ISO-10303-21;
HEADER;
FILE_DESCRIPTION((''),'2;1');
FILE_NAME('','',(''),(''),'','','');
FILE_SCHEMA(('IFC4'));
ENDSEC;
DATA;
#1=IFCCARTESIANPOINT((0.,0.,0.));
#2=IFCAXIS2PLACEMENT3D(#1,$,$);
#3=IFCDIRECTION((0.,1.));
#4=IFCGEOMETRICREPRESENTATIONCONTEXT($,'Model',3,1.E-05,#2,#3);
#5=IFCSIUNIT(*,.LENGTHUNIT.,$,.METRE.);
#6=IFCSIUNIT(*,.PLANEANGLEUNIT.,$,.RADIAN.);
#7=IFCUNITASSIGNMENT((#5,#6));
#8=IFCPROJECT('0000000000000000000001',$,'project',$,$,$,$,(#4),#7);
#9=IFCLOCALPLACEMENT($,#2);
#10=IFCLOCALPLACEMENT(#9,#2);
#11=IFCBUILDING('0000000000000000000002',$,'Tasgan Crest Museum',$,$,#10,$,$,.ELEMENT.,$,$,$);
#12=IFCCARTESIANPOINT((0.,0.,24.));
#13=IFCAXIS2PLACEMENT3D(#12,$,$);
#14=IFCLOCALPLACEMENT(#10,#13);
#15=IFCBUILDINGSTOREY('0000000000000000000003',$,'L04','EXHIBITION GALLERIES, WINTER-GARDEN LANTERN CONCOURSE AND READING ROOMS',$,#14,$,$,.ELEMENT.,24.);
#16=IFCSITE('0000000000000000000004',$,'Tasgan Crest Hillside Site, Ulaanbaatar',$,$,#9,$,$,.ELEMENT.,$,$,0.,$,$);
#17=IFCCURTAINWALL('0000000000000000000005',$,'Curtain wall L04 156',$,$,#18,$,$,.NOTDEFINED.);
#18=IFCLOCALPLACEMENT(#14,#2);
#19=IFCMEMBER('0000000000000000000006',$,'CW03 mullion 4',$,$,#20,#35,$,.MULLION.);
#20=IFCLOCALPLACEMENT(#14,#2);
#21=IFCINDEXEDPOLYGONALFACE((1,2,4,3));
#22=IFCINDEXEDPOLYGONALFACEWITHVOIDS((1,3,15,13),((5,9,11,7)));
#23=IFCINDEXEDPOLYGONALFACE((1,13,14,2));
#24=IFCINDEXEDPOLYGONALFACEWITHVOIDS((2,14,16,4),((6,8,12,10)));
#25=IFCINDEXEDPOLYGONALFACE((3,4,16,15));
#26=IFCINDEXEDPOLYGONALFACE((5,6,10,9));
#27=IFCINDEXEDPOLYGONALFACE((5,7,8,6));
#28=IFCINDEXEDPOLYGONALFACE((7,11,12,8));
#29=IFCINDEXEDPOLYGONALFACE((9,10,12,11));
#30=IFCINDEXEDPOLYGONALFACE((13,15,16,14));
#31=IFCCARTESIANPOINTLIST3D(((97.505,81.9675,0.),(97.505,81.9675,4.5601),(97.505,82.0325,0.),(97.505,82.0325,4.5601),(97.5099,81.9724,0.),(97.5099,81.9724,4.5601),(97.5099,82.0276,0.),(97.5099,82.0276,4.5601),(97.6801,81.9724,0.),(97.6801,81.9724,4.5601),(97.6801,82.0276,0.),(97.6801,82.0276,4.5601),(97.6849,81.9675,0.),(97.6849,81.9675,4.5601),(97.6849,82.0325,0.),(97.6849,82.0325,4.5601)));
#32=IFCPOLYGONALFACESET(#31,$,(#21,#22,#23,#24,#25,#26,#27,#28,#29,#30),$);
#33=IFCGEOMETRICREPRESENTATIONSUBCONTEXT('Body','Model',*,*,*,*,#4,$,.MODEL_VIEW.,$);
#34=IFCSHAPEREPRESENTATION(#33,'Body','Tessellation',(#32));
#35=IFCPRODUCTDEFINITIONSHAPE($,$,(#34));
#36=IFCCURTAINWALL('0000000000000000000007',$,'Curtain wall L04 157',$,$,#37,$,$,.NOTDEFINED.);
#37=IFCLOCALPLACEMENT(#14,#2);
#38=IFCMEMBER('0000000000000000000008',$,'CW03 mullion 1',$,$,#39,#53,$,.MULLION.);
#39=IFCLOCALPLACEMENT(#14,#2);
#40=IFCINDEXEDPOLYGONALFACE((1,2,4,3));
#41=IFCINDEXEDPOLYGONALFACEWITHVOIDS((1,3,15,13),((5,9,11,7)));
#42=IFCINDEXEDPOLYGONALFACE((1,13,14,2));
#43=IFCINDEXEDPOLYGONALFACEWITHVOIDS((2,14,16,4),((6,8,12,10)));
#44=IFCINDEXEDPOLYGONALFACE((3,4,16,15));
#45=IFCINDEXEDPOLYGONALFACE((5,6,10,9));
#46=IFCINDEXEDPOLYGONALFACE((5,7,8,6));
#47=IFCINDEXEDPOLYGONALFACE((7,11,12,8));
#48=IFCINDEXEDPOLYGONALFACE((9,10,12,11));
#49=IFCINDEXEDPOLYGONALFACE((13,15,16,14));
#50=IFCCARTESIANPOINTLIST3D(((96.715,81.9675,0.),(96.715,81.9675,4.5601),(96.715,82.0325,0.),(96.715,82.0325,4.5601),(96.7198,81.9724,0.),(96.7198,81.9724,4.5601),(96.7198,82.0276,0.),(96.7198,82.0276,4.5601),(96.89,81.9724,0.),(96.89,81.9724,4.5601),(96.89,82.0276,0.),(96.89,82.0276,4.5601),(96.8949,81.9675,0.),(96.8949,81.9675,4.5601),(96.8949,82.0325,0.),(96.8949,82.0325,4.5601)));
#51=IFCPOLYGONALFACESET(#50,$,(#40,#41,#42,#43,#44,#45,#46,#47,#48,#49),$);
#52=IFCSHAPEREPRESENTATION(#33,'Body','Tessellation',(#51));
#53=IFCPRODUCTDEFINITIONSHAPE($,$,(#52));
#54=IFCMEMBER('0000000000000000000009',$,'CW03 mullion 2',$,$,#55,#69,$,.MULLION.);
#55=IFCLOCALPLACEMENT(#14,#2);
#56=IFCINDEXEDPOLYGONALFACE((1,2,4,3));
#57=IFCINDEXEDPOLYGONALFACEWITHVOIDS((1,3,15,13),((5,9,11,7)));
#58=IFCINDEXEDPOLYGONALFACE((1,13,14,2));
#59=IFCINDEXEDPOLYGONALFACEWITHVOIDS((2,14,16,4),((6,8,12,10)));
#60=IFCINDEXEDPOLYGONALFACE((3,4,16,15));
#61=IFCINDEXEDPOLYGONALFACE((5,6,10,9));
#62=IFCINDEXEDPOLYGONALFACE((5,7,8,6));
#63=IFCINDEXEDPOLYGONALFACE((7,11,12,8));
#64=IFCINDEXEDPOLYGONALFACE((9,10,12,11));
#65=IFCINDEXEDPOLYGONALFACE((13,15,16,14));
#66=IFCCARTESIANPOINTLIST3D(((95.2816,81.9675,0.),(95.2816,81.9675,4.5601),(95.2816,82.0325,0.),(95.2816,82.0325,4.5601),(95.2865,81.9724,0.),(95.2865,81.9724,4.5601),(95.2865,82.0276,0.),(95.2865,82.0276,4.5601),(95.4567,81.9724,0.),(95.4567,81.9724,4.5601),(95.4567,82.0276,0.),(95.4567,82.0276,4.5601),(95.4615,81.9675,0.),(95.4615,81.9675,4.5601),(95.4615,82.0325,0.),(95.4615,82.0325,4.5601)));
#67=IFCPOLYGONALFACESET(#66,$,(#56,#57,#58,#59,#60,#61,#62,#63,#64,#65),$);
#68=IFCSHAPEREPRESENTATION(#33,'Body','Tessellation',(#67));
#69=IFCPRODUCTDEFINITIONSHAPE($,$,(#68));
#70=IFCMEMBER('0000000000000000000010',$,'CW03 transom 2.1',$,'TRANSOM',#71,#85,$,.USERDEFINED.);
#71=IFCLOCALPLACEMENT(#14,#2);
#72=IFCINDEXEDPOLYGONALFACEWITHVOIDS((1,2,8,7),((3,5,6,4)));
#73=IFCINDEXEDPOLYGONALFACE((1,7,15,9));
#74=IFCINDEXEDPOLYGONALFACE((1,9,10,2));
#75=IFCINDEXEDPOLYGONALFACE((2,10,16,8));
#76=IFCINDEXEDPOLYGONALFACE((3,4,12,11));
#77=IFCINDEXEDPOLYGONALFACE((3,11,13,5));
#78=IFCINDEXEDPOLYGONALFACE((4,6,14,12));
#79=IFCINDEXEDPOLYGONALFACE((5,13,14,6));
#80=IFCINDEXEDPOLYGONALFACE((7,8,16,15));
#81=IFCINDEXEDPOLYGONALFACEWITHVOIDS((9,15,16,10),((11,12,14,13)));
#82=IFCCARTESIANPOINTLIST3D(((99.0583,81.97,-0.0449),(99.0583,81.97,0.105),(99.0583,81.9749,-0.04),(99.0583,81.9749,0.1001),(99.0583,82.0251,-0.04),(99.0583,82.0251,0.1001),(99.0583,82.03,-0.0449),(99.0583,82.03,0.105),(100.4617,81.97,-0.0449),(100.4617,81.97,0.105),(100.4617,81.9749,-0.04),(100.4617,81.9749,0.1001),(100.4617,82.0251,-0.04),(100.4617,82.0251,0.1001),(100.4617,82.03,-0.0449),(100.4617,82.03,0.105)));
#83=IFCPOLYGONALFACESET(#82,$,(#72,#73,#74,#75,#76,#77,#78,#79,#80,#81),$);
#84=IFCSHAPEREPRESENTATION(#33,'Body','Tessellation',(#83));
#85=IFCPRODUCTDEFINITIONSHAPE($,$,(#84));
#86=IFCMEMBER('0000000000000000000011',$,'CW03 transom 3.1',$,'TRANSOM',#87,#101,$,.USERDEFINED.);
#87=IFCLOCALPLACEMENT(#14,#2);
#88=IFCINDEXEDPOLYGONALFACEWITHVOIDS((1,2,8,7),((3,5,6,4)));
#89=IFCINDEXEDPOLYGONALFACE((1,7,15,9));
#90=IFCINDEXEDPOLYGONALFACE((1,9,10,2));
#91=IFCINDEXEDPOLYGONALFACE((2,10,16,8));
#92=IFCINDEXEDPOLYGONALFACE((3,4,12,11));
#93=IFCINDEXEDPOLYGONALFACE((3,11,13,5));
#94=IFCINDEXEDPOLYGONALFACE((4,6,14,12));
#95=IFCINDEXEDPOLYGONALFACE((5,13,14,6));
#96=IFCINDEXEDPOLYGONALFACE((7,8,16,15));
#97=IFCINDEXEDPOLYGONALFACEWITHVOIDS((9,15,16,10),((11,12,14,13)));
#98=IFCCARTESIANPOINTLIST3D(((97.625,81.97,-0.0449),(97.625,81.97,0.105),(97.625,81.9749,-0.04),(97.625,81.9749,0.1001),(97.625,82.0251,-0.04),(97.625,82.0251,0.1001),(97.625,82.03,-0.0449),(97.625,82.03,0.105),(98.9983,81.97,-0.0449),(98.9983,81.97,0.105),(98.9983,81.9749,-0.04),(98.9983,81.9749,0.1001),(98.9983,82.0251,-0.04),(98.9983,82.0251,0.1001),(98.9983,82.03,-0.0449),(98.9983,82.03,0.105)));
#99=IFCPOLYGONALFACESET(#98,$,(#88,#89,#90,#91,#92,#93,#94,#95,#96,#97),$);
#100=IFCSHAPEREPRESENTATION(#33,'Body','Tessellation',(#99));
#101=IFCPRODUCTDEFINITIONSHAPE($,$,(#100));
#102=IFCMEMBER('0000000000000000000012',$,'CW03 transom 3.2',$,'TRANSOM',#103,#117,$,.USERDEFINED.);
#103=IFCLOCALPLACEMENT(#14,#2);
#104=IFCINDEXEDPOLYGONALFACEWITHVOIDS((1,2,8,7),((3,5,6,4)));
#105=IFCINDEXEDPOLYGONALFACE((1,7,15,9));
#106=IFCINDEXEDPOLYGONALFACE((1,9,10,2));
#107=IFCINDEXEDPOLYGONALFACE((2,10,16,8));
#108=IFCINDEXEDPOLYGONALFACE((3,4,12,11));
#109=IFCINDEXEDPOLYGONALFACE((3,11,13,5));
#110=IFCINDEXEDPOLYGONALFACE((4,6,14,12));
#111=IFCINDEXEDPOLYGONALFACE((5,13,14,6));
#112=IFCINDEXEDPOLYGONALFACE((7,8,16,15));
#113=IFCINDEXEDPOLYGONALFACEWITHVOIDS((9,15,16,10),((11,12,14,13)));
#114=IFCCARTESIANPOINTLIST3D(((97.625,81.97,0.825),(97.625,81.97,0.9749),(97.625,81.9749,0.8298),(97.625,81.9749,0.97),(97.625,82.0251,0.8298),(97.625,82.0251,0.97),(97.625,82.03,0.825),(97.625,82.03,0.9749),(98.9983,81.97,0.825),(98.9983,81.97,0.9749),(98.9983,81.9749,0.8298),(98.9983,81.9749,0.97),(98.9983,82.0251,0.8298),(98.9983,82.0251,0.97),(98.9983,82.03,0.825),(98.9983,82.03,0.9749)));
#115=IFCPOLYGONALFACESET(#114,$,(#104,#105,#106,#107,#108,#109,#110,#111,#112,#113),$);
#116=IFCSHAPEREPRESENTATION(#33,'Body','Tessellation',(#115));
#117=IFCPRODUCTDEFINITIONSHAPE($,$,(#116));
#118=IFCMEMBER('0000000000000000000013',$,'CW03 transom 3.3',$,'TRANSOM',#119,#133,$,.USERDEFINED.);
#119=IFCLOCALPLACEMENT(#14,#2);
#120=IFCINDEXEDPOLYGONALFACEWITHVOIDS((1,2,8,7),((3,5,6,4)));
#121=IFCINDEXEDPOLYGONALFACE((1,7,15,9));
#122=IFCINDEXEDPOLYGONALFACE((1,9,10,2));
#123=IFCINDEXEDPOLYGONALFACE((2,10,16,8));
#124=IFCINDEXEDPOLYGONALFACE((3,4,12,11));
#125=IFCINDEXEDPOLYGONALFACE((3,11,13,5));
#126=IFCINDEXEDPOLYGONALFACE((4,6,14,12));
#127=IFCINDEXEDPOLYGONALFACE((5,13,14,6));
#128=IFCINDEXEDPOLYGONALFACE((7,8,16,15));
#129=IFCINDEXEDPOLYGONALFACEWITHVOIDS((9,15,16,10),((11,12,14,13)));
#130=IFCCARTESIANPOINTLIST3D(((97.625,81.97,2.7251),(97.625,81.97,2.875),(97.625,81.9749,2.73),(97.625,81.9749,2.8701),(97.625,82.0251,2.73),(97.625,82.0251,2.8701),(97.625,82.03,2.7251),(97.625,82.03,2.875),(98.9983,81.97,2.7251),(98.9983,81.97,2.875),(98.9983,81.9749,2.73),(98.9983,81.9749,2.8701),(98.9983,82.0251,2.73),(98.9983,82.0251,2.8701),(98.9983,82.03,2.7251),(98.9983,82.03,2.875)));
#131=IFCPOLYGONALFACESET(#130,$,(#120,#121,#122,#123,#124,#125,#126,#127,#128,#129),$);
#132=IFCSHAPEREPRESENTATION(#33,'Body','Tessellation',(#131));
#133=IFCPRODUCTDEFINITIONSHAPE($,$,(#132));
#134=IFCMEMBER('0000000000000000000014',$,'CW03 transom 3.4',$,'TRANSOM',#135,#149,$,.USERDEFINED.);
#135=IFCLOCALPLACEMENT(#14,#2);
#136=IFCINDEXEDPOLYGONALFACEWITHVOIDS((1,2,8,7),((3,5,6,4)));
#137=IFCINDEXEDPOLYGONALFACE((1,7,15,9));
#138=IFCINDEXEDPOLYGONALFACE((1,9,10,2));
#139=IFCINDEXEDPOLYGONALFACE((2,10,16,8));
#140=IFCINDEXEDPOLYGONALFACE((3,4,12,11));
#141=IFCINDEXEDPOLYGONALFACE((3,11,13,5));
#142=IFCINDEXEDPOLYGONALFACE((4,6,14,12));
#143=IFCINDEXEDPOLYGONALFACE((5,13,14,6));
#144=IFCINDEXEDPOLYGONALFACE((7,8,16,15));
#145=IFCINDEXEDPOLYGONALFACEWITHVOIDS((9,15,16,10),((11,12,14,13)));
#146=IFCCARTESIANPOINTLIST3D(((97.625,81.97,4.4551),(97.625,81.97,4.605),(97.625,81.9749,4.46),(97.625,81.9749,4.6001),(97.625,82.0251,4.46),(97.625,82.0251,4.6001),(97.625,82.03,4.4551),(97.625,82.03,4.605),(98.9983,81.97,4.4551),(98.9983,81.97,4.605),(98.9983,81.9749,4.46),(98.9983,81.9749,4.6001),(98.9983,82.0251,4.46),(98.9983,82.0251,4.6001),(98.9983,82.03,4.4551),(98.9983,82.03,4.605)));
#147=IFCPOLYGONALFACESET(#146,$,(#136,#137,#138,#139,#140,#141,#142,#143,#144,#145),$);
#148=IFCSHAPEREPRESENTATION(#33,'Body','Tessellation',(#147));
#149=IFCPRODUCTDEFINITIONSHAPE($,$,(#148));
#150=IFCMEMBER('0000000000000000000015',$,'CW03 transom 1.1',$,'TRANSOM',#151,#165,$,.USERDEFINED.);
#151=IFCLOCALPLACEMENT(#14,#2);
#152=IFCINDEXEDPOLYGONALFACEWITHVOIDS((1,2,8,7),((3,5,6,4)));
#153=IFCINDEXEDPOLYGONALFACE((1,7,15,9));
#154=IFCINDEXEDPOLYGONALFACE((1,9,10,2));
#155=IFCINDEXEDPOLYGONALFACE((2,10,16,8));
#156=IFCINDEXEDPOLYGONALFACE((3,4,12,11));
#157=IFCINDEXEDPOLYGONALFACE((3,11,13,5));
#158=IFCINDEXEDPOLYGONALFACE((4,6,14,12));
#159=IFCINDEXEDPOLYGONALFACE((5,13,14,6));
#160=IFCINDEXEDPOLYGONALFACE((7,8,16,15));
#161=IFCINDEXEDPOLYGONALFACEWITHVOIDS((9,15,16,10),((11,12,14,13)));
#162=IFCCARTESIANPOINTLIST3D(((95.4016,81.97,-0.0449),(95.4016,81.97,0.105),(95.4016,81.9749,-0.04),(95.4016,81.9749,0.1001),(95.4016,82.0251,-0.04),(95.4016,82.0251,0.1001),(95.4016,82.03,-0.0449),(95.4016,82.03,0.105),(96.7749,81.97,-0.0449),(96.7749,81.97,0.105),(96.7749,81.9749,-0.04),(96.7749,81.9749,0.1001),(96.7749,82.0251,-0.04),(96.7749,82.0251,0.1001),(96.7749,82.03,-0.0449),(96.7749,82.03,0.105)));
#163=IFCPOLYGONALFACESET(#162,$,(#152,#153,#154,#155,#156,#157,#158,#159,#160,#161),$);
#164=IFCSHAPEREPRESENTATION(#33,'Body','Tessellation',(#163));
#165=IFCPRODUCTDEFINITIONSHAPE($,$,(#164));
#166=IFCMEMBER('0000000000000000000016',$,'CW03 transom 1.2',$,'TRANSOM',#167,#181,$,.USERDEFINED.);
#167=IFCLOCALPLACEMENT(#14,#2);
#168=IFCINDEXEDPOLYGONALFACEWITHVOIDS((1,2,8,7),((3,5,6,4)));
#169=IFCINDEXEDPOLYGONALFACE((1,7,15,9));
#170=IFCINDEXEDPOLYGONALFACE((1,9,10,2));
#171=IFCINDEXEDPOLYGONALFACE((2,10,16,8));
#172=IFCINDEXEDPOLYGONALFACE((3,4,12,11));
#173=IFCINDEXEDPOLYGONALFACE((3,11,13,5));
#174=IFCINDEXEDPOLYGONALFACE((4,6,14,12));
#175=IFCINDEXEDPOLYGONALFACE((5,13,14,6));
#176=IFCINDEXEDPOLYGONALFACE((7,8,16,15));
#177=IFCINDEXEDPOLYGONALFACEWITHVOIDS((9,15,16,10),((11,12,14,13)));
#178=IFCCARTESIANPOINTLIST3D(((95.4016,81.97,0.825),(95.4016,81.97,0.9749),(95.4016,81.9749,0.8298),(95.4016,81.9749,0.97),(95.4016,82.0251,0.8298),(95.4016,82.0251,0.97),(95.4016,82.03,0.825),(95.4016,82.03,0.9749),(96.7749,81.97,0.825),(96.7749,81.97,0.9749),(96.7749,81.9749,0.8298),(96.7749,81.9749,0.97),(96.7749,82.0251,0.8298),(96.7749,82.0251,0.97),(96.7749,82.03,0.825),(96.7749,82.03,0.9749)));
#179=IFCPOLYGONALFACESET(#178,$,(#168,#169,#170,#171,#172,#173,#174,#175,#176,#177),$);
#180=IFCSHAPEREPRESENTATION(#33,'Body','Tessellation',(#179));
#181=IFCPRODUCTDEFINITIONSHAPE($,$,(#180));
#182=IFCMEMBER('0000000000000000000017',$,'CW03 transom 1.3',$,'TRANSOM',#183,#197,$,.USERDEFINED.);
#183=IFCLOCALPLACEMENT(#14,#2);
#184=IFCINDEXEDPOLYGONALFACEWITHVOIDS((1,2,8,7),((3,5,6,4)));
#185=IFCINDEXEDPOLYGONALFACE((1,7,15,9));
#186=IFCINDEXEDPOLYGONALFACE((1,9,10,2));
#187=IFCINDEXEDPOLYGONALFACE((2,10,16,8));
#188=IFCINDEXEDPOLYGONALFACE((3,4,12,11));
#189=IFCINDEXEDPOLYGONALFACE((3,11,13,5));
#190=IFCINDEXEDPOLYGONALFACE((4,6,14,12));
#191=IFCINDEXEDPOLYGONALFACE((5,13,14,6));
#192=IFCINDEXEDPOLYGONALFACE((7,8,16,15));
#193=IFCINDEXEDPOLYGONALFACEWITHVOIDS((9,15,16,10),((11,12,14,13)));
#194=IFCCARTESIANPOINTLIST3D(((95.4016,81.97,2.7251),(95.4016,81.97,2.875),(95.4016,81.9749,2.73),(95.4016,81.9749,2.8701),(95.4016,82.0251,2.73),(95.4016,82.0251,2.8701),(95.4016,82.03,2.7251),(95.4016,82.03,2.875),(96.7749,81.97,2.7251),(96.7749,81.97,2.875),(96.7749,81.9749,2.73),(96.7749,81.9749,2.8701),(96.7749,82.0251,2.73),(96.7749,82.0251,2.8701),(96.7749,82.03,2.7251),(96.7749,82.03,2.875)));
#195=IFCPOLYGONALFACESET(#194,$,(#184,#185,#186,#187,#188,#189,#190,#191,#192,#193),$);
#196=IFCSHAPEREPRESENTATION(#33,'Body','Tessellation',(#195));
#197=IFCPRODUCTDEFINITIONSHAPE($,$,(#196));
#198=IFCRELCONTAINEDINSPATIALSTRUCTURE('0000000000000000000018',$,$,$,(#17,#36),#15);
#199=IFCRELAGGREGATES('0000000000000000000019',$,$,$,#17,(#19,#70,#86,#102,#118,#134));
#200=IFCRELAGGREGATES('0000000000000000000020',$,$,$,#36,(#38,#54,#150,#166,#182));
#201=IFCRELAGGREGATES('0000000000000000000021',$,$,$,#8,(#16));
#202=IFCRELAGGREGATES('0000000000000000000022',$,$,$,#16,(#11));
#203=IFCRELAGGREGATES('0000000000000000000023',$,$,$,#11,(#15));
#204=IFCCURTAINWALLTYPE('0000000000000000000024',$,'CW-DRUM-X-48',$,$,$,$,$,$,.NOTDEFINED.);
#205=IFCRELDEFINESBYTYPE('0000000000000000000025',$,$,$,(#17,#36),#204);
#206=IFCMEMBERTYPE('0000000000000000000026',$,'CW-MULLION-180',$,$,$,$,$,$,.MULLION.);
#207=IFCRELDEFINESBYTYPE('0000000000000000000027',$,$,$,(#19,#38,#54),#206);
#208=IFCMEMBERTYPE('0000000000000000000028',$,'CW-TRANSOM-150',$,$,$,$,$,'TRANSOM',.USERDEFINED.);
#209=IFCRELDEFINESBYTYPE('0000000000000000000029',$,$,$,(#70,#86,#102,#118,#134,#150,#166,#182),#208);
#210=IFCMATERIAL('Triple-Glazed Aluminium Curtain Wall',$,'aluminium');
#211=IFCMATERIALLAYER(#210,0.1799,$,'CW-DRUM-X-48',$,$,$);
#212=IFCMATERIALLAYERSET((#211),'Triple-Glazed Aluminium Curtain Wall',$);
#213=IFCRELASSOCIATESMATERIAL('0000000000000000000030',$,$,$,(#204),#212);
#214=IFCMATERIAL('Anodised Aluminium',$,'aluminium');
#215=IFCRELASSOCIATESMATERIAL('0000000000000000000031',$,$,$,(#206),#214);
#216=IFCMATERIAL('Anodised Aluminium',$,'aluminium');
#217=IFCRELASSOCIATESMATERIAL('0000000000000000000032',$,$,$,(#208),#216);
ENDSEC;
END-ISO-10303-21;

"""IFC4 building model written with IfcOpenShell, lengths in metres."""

from ifc_helpers import new_model, si_unit, direction, frame, origin, origin_2d, place, context, subcontext, project, spatial, hollow_rectangle, extrude, material, layer, layer_set, material_profile, profile_set, type_object, element, aggregate, save


model = new_model("IFC4")

# Units and contexts
model_context = context("Model", 3, precision=1e-05, world=origin(), true_north=direction((0.0, 1.0)))
body_context = subcontext(model_context, "Body", "Model", "MODEL_VIEW")
ifc_project = project(units=[si_unit("LENGTHUNIT", "METRE"), si_unit("PLANEANGLEUNIT", "RADIAN")], contexts=[model_context])

# Site, building, storey
site_placement = place(None, origin())
site = spatial("IfcSite", under=ifc_project, at=site_placement, Name="Tasgan Crest Hillside Site, Ulaanbaatar", CompositionType="ELEMENT", RefElevation=0.0)
building_placement = place(site_placement, origin())
building = spatial("IfcBuilding", under=site, at=building_placement, Name="Tasgan Crest Museum", CompositionType="ELEMENT")
storey_placement = place(building_placement, frame((0.0, 0.0, 24.0)))
storey = spatial("IfcBuildingStorey", under=building, at=storey_placement, Name="L04", Description="EXHIBITION GALLERIES, WINTER-GARDEN LANTERN CONCOURSE AND READING ROOMS", CompositionType="ELEMENT", Elevation=24.0)

# Curtain walls, members
ifc_material_1 = material(Name="Triple-Glazed Aluminium Curtain Wall", Category="aluminium")
ifc_layer_1 = layer(ifc_material_1, 0.1799, Name="CW-DRUM-X-48")
ifc_layer_set_1 = layer_set([ifc_layer_1], Name="Triple-Glazed Aluminium Curtain Wall")
curtain_wall_type = type_object("IfcCurtainWallType", Name="CW-DRUM-X-48", PredefinedType="NOTDEFINED", material=ifc_layer_set_1)
curtain_wall_1_placement = place(storey_placement, origin())
curtain_wall_1 = element("IfcCurtainWall", 1, at=curtain_wall_1_placement, inside=storey, type_object=curtain_wall_type, Name="Curtain wall L04 156", PredefinedType="NOTDEFINED")
ifc_material_2 = material(Name="Anodised Aluminium", Category="aluminium")
ifc_material_profile_1 = material_profile(ifc_material_2, hollow_rectangle(XDim=0.0649, YDim=0.1799, WallThickness=0.0049, at=origin_2d()), Name="ALU MULLION 180x65x5")
ifc_profile_set_1 = profile_set([ifc_material_profile_1], Name="Anodised Aluminium")
member_type_1 = type_object("IfcMemberType", Name="CW-MULLION-180", PredefinedType="MULLION", material=ifc_profile_set_1)
member_1_placement = place(storey_placement, frame((97.595, 82.0, 0.0), z_axis=(0.0, 0.0, 1.0), x_axis=(0.0, -1.0, 0.0)))
member_1 = element("IfcMember", 2, at=member_1_placement, type_object=member_type_1, Name="CW03 mullion 4", PredefinedType="MULLION", context=body_context, shape_type="SweptSolid", body=[
    extrude(hollow_rectangle(XDim=0.0649, YDim=0.1799, WallThickness=0.0049, at=origin_2d()), origin(), (0.0, 0.0, 1.0), 4.5601),
])
curtain_wall_2_placement = place(storey_placement, origin())
curtain_wall_2 = element("IfcCurtainWall", 3, at=curtain_wall_2_placement, inside=storey, type_object=curtain_wall_type, Name="Curtain wall L04 157", PredefinedType="NOTDEFINED")
member_2_placement = place(storey_placement, frame((96.8049, 82.0, 0.0), z_axis=(0.0, 0.0, 1.0), x_axis=(0.0, -1.0, 0.0)))
member_2 = element("IfcMember", 4, at=member_2_placement, type_object=member_type_1, Name="CW03 mullion 1", PredefinedType="MULLION", context=body_context, shape_type="SweptSolid", body=[
    extrude(hollow_rectangle(XDim=0.0649, YDim=0.1799, WallThickness=0.0049, at=origin_2d()), origin(), (0.0, 0.0, 1.0), 4.5601),
])
member_3_placement = place(storey_placement, frame((95.3716, 82.0, 0.0), z_axis=(0.0, 0.0, 1.0), x_axis=(0.0, -1.0, 0.0)))
member_3 = element("IfcMember", 5, at=member_3_placement, type_object=member_type_1, Name="CW03 mullion 2", PredefinedType="MULLION", context=body_context, shape_type="SweptSolid", body=[
    extrude(hollow_rectangle(XDim=0.0649, YDim=0.1799, WallThickness=0.0049, at=origin_2d()), origin(), (0.0, 0.0, 1.0), 4.5601),
])

# Members
ifc_material_3 = material(Name="Anodised Aluminium", Category="aluminium")
ifc_material_profile_2 = material_profile(ifc_material_3, hollow_rectangle(XDim=0.0601, YDim=0.1499, WallThickness=0.0049, at=origin_2d()), Name="ALU TRANSOM 150x60x5")
ifc_profile_set_2 = profile_set([ifc_material_profile_2], Name="Anodised Aluminium")
member_type_2 = type_object("IfcMemberType", Name="CW-TRANSOM-150", ElementType="TRANSOM", PredefinedType="USERDEFINED", material=ifc_profile_set_2)
member_4_placement = place(storey_placement, frame((100.4617, 82.0, 0.03), z_axis=(-1.0, 0.0, 0.0), x_axis=(0.0, -1.0, 0.0)))
member_4 = element("IfcMember", 6, at=member_4_placement, type_object=member_type_2, Name="CW03 transom 2.1", ObjectType="TRANSOM", PredefinedType="USERDEFINED", context=body_context, shape_type="SweptSolid", body=[
    extrude(hollow_rectangle(XDim=0.0601, YDim=0.1499, WallThickness=0.0049, at=origin_2d()), origin(), (0.0, 0.0, 1.0), 1.4033),
])
member_5_placement = place(storey_placement, frame((98.9983, 82.0, 0.03), z_axis=(-1.0, 0.0, 0.0), x_axis=(0.0, -1.0, 0.0)))
member_5 = element("IfcMember", 7, at=member_5_placement, type_object=member_type_2, Name="CW03 transom 3.1", ObjectType="TRANSOM", PredefinedType="USERDEFINED", context=body_context, shape_type="SweptSolid", body=[
    extrude(hollow_rectangle(XDim=0.0601, YDim=0.1499, WallThickness=0.0049, at=origin_2d()), origin(), (0.0, 0.0, 1.0), 1.3733),
])
member_6_placement = place(storey_placement, frame((98.9983, 82.0, 0.8999), z_axis=(-1.0, 0.0, 0.0), x_axis=(0.0, -1.0, 0.0)))
member_6 = element("IfcMember", 8, at=member_6_placement, type_object=member_type_2, Name="CW03 transom 3.2", ObjectType="TRANSOM", PredefinedType="USERDEFINED", context=body_context, shape_type="SweptSolid", body=[
    extrude(hollow_rectangle(XDim=0.0601, YDim=0.1499, WallThickness=0.0049, at=origin_2d()), origin(), (0.0, 0.0, 1.0), 1.3733),
])
member_7_placement = place(storey_placement, frame((98.9983, 82.0, 2.8), z_axis=(-1.0, 0.0, 0.0), x_axis=(0.0, -1.0, 0.0)))
member_7 = element("IfcMember", 9, at=member_7_placement, type_object=member_type_2, Name="CW03 transom 3.3", ObjectType="TRANSOM", PredefinedType="USERDEFINED", context=body_context, shape_type="SweptSolid", body=[
    extrude(hollow_rectangle(XDim=0.0601, YDim=0.1499, WallThickness=0.0049, at=origin_2d()), origin(), (0.0, 0.0, 1.0), 1.3733),
])
member_8_placement = place(storey_placement, frame((98.9983, 82.0, 4.53), z_axis=(-1.0, 0.0, 0.0), x_axis=(0.0, -1.0, 0.0)))
member_8 = element("IfcMember", 10, at=member_8_placement, type_object=member_type_2, Name="CW03 transom 3.4", ObjectType="TRANSOM", PredefinedType="USERDEFINED", context=body_context, shape_type="SweptSolid", body=[
    extrude(hollow_rectangle(XDim=0.0601, YDim=0.1499, WallThickness=0.0049, at=origin_2d()), origin(), (0.0, 0.0, 1.0), 1.3733),
])
member_9_placement = place(storey_placement, frame((96.7749, 82.0, 0.03), z_axis=(-1.0, 0.0, 0.0), x_axis=(0.0, -1.0, 0.0)))
member_9 = element("IfcMember", 11, at=member_9_placement, type_object=member_type_2, Name="CW03 transom 1.1", ObjectType="TRANSOM", PredefinedType="USERDEFINED", context=body_context, shape_type="SweptSolid", body=[
    extrude(hollow_rectangle(XDim=0.0601, YDim=0.1499, WallThickness=0.0049, at=origin_2d()), origin(), (0.0, 0.0, 1.0), 1.3733),
])
member_10_placement = place(storey_placement, frame((96.7749, 82.0, 0.8999), z_axis=(-1.0, 0.0, 0.0), x_axis=(0.0, -1.0, 0.0)))
member_10 = element("IfcMember", 12, at=member_10_placement, type_object=member_type_2, Name="CW03 transom 1.2", ObjectType="TRANSOM", PredefinedType="USERDEFINED", context=body_context, shape_type="SweptSolid", body=[
    extrude(hollow_rectangle(XDim=0.0601, YDim=0.1499, WallThickness=0.0049, at=origin_2d()), origin(), (0.0, 0.0, 1.0), 1.3733),
])
member_11_placement = place(storey_placement, frame((96.7749, 82.0, 2.8), z_axis=(-1.0, 0.0, 0.0), x_axis=(0.0, -1.0, 0.0)))
member_11 = element("IfcMember", 13, at=member_11_placement, type_object=member_type_2, Name="CW03 transom 1.3", ObjectType="TRANSOM", PredefinedType="USERDEFINED", context=body_context, shape_type="SweptSolid", body=[
    extrude(hollow_rectangle(XDim=0.0601, YDim=0.1499, WallThickness=0.0049, at=origin_2d()), origin(), (0.0, 0.0, 1.0), 1.3733),
])

aggregate(curtain_wall_1, [member_1, member_4, member_5, member_6, member_7, member_8])
aggregate(curtain_wall_2, [member_2, member_3, member_9, member_10, member_11])

save(model, "model.ifc")
